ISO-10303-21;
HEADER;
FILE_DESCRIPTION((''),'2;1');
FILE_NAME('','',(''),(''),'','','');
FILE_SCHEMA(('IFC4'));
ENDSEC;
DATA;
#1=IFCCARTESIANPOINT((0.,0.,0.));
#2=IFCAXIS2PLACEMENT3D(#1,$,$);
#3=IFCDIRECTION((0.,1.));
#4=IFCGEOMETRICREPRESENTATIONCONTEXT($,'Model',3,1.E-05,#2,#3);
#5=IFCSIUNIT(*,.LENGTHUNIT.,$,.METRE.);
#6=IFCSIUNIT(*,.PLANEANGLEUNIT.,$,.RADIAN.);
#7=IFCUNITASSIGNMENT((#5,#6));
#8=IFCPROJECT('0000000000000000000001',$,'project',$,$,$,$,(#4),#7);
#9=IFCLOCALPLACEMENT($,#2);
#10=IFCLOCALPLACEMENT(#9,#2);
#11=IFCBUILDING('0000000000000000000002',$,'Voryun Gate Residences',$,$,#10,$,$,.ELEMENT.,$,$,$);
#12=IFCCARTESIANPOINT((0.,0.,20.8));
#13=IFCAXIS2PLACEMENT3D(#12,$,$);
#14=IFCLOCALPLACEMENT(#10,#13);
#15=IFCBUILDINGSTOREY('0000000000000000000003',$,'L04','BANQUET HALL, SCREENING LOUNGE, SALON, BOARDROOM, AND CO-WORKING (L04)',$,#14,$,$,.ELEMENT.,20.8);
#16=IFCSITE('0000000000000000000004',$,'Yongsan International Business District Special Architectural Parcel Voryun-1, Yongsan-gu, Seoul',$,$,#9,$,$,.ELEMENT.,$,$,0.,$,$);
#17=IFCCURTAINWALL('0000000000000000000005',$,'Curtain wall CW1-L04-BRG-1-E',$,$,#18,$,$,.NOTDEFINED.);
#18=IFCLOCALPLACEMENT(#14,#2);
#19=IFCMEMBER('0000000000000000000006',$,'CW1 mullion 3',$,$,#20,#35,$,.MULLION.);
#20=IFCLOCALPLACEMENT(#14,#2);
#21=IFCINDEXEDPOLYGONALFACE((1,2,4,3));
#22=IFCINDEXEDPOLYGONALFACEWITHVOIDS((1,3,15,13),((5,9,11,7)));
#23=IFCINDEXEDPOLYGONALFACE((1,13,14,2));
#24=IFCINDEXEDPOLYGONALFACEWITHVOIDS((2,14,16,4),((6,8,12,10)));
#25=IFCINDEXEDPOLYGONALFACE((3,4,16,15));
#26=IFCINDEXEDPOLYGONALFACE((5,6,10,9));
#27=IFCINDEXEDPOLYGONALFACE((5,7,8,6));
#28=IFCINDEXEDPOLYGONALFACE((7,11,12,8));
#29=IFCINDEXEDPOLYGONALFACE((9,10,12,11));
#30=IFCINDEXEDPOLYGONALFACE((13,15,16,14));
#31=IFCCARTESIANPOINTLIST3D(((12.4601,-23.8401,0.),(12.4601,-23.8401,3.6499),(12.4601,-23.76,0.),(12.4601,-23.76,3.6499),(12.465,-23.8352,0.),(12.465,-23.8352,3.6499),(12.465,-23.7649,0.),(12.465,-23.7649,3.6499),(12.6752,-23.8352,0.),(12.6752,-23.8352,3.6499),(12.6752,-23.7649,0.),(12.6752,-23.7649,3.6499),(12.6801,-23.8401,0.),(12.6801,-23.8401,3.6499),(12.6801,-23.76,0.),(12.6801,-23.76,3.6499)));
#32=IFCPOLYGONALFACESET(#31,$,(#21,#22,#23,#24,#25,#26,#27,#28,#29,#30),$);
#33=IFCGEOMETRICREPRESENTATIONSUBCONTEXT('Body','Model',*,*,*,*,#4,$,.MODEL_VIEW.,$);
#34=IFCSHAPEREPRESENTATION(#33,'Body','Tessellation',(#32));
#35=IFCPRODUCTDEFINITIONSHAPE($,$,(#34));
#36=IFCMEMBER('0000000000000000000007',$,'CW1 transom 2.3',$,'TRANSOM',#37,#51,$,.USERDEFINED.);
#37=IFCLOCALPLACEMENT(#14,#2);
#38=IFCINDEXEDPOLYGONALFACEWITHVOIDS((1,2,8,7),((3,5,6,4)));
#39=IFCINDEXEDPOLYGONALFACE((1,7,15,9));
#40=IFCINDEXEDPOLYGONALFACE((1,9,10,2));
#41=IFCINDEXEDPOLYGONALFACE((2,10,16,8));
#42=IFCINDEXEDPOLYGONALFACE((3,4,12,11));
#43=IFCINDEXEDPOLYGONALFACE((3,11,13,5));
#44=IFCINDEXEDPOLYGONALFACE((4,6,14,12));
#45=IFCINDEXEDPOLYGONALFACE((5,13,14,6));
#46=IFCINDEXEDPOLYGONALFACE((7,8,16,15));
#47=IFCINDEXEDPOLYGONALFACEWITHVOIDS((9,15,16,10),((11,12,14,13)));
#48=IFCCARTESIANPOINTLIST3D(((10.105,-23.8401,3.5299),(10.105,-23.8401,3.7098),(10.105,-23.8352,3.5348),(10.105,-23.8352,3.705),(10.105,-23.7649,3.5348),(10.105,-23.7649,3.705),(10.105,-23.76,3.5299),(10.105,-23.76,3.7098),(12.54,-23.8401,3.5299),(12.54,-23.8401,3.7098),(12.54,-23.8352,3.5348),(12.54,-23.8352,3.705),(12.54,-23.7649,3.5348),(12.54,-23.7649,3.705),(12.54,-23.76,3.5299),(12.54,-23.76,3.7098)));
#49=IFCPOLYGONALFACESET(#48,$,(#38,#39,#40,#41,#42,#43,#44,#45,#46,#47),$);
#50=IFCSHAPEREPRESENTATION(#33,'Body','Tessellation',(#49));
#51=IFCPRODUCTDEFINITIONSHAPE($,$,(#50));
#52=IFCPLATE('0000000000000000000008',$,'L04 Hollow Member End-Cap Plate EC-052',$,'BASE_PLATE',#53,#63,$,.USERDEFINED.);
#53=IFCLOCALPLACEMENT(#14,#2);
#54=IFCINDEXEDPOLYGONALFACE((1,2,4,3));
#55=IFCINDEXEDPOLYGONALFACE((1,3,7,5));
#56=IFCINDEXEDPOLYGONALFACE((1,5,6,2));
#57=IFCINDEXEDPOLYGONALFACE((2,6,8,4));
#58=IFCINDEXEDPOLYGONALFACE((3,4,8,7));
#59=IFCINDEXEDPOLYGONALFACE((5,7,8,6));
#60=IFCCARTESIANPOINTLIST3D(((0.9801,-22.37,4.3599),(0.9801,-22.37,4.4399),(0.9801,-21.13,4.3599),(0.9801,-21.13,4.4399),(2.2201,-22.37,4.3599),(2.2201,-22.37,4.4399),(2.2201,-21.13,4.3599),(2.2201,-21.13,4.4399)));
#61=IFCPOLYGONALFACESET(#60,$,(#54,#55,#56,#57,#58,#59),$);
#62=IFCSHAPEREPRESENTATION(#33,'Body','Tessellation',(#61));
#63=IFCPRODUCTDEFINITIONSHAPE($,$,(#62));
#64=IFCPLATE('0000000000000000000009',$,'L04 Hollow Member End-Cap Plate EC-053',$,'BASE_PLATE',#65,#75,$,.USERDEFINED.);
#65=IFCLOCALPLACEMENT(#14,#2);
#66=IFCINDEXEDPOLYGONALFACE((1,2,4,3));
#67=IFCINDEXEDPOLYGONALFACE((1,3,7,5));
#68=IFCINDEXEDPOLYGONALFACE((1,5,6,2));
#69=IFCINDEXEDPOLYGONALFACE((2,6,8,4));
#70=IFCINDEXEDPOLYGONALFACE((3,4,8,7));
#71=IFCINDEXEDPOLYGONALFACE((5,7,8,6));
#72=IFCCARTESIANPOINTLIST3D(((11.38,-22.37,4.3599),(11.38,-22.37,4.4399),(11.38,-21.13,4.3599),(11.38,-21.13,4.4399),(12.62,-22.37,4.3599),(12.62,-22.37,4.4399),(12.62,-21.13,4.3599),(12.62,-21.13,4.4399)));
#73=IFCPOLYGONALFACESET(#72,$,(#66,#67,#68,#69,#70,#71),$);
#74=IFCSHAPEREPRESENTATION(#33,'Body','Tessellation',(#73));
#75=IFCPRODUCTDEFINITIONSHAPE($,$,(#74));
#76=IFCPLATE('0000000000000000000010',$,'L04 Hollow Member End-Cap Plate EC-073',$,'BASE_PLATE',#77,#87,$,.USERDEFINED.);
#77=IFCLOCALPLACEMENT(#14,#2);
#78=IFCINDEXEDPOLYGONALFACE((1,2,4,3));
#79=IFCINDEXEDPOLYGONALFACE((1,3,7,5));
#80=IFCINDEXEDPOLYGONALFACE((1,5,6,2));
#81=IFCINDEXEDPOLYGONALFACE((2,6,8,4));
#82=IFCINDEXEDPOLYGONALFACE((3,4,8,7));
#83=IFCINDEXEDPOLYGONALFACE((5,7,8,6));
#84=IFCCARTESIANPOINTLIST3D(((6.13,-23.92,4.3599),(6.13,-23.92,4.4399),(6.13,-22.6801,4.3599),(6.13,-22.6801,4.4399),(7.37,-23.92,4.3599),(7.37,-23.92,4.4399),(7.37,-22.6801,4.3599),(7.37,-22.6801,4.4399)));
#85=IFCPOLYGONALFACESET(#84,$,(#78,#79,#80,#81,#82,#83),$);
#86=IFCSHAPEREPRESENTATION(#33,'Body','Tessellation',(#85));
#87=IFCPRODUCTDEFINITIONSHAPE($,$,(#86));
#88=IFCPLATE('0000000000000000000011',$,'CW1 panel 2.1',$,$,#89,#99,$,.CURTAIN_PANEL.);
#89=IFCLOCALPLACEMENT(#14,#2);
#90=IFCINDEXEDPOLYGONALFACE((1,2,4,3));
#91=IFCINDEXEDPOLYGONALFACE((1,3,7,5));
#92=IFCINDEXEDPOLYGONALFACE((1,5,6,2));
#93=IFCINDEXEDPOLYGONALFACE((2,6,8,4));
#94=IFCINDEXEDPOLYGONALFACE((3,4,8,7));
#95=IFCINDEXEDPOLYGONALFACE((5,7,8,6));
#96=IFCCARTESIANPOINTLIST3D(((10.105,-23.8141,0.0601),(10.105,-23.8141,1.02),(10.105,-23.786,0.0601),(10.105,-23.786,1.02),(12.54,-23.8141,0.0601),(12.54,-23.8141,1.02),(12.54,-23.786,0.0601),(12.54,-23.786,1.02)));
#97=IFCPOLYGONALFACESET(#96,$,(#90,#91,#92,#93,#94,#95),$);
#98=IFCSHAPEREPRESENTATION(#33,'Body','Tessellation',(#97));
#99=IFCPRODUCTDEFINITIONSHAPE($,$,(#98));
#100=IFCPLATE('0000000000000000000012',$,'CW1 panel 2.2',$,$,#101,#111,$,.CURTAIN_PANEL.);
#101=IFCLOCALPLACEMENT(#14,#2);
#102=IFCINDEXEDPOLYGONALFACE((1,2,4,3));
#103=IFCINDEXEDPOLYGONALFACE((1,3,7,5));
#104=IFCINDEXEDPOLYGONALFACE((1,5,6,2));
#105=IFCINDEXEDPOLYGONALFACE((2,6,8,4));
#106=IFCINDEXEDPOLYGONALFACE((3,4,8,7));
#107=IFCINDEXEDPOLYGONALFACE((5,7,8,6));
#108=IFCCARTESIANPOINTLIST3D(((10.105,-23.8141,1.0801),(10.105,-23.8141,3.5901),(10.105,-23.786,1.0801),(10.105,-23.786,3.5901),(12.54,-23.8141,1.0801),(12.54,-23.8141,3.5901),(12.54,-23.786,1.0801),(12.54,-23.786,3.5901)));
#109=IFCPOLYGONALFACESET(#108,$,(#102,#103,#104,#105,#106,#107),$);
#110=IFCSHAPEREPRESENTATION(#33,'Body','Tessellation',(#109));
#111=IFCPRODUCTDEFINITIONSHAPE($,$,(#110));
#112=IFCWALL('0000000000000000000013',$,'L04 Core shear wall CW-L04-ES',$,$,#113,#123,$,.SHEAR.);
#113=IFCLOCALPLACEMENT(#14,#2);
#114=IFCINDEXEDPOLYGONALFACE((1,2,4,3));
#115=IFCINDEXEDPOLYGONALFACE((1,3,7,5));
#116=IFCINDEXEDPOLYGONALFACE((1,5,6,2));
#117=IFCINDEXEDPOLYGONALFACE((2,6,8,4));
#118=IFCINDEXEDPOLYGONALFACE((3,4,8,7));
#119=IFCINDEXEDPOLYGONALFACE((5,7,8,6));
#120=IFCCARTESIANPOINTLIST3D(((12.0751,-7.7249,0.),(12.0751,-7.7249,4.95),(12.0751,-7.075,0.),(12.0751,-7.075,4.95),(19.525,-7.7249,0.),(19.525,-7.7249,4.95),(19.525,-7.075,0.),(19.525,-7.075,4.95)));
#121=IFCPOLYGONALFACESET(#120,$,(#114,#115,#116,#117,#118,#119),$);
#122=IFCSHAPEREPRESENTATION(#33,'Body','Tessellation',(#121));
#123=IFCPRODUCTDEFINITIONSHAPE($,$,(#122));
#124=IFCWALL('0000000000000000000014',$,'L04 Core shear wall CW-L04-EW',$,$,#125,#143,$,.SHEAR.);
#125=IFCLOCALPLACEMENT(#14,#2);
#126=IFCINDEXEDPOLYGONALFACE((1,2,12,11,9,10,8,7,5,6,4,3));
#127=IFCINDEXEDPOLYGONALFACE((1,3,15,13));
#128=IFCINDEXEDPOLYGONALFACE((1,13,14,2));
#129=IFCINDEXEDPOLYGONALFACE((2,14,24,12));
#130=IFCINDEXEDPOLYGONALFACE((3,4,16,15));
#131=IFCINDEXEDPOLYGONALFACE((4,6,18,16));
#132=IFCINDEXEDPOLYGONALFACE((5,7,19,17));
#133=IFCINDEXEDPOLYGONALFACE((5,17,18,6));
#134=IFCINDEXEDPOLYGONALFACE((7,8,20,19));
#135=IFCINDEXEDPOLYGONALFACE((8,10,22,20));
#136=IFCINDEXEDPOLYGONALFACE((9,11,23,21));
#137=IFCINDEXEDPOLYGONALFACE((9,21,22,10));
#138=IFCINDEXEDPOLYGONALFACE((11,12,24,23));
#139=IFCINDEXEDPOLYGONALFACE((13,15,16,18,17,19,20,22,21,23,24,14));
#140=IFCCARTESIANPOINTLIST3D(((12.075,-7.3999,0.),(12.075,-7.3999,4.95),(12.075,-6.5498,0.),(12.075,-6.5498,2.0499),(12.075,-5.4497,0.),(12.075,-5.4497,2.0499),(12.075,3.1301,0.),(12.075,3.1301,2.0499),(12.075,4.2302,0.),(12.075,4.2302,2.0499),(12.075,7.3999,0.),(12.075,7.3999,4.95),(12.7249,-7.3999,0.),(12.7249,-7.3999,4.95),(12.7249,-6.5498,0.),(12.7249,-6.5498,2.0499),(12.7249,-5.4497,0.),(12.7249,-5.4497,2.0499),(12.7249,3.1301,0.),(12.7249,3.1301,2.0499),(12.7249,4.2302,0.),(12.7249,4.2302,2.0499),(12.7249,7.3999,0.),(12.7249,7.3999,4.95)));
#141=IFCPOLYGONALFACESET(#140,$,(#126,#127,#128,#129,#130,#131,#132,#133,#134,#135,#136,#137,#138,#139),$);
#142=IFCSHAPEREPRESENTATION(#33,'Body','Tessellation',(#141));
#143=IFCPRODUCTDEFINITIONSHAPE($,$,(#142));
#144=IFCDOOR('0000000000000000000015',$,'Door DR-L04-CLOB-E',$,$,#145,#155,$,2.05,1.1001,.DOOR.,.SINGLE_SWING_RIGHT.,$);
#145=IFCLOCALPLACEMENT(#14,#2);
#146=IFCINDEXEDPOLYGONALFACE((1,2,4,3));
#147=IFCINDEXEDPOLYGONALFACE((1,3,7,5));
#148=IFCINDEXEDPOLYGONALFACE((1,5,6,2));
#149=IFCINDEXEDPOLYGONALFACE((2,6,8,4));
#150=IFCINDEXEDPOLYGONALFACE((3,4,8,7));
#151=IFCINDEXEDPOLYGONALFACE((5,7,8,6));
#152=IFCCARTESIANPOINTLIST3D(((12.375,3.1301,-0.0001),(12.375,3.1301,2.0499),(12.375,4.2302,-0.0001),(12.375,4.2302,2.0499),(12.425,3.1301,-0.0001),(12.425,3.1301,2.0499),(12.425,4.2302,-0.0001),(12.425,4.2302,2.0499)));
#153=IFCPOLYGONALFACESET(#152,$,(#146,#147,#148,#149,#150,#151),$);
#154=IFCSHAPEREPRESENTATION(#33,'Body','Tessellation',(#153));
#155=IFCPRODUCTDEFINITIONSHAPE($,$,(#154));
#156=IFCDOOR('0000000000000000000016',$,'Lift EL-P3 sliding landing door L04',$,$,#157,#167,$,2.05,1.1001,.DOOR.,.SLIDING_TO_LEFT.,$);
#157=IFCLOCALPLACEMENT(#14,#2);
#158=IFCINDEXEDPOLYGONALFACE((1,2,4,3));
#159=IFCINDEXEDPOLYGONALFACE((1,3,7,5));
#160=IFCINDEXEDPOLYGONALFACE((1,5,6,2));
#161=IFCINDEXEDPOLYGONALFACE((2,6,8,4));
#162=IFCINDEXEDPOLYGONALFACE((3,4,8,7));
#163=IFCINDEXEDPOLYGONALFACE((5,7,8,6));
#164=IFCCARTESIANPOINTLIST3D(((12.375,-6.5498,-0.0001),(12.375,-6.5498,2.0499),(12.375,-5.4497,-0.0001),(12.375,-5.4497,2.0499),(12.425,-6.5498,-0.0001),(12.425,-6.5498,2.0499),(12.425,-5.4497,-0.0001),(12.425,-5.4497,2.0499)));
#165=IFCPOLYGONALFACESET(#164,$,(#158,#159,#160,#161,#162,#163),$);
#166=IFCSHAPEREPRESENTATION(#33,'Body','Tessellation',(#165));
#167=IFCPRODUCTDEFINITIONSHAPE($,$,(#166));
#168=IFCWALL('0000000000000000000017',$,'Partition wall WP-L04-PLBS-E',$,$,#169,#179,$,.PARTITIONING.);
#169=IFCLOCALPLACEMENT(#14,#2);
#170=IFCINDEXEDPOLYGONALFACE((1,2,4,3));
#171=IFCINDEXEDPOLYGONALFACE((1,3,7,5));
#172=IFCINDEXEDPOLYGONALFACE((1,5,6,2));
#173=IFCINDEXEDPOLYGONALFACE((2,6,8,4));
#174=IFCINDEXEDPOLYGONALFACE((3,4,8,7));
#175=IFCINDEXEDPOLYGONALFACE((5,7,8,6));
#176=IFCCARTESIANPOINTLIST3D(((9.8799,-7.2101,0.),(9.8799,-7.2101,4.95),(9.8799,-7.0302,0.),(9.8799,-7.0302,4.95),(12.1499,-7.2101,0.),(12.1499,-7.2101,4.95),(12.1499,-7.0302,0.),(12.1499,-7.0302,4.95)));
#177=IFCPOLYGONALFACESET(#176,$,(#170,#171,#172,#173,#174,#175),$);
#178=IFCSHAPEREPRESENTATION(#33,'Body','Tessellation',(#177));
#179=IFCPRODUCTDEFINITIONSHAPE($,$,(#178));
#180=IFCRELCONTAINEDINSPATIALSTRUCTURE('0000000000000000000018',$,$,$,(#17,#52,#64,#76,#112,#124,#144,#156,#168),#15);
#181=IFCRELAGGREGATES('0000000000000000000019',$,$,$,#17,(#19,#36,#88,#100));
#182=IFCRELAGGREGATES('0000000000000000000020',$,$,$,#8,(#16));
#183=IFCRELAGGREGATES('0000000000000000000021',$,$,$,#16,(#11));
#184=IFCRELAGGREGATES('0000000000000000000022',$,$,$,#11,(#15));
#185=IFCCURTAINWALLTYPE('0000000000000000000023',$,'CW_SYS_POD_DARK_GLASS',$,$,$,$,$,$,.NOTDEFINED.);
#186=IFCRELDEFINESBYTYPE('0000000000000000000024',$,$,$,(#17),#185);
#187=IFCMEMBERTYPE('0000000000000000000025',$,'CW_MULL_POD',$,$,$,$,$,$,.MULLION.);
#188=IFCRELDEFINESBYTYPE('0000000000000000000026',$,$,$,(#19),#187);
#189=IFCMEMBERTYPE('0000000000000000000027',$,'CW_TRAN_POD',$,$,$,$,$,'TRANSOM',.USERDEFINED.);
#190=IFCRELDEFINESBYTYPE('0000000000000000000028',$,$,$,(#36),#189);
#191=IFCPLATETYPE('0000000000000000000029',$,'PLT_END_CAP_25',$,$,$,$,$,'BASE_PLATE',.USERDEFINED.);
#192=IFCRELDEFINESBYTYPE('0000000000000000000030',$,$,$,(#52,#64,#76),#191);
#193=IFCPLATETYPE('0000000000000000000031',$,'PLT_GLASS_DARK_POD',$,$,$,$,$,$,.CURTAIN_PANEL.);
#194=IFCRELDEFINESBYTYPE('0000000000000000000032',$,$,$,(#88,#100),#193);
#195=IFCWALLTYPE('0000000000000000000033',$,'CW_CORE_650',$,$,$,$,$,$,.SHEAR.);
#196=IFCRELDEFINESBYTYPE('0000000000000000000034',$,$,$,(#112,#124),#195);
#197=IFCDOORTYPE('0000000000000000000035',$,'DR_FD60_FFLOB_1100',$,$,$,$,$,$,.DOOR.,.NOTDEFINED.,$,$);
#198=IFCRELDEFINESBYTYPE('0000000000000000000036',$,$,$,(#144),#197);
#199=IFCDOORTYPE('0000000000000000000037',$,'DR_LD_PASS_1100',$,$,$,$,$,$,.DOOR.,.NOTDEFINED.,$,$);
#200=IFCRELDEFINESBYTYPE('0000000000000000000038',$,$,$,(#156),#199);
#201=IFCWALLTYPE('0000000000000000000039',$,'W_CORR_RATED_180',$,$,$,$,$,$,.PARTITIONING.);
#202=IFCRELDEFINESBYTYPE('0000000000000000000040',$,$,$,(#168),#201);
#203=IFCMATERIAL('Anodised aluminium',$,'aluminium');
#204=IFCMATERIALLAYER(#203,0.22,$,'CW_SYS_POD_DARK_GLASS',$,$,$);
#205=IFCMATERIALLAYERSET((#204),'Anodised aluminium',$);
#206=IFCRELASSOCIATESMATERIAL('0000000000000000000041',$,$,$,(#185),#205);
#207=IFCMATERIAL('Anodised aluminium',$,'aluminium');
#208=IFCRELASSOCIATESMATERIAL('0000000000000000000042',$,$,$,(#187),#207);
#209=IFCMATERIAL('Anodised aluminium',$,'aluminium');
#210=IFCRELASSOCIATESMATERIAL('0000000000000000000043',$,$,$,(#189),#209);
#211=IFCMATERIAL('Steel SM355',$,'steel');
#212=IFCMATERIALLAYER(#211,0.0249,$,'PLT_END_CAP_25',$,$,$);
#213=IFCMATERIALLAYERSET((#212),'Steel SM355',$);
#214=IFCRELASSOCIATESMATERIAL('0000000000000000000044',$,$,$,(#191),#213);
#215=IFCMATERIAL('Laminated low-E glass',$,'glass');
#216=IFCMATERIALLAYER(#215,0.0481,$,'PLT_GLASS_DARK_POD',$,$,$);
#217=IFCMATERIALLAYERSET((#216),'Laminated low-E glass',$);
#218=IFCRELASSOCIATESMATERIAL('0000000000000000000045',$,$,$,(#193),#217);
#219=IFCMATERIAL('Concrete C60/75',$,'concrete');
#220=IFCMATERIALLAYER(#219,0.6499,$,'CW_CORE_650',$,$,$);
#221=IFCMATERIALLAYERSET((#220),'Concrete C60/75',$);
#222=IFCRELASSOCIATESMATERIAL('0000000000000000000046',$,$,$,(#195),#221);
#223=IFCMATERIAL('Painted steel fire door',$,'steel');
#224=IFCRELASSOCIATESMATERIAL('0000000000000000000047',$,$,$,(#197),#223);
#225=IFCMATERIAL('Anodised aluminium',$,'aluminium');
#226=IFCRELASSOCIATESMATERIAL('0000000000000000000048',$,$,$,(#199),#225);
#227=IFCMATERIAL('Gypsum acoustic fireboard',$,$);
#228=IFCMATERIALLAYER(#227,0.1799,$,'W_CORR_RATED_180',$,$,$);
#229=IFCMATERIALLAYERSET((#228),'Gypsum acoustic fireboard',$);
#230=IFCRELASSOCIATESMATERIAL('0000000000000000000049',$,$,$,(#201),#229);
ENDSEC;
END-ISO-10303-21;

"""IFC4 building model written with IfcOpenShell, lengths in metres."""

from ifc_helpers import new_model, si_unit, direction, frame, frame_2d, origin, origin_2d, place, context, subcontext, project, spatial, rectangle, hollow_rectangle, extrude, material, layer, layer_set, material_profile, profile_set, type_object, element, fill, aggregate, save


model = new_model("IFC4")

# Units and contexts
model_context = context("Model", 3, precision=1e-05, world=origin(), true_north=direction((0.0, 1.0)))
body_context = subcontext(model_context, "Body", "Model", "MODEL_VIEW")
ifc_project = project(units=[si_unit("LENGTHUNIT", "METRE"), si_unit("PLANEANGLEUNIT", "RADIAN")], contexts=[model_context])

# Site, building, storey
site_placement = place(None, origin())
site = spatial("IfcSite", under=ifc_project, at=site_placement, Name="Yongsan International Business District Special Architectural Parcel Voryun-1, Yongsan-gu, Seoul", CompositionType="ELEMENT", RefElevation=0.0)
building_placement = place(site_placement, origin())
building = spatial("IfcBuilding", under=site, at=building_placement, Name="Voryun Gate Residences", CompositionType="ELEMENT")
storey_placement = place(building_placement, frame((0.0, 0.0, 20.8)))
storey = spatial("IfcBuildingStorey", under=building, at=storey_placement, Name="L04", Description="BANQUET HALL, SCREENING LOUNGE, SALON, BOARDROOM, AND CO-WORKING (L04)", CompositionType="ELEMENT", Elevation=20.8)

# Curtain wall, members
ifc_material_1 = material(Name="Anodised aluminium", Category="aluminium")
ifc_layer_1 = layer(ifc_material_1, 0.22, Name="CW_SYS_POD_DARK_GLASS")
ifc_layer_set_1 = layer_set([ifc_layer_1], Name="Anodised aluminium")
curtain_wall_type = type_object("IfcCurtainWallType", Name="CW_SYS_POD_DARK_GLASS", PredefinedType="NOTDEFINED", material=ifc_layer_set_1)
curtain_wall_placement = place(storey_placement, origin())
curtain_wall = element("IfcCurtainWall", 1, at=curtain_wall_placement, inside=storey, type_object=curtain_wall_type, Name="Curtain wall CW1-L04-BRG-1-E", PredefinedType="NOTDEFINED")
ifc_material_2 = material(Name="Anodised aluminium", Category="aluminium")
ifc_material_profile_1 = material_profile(ifc_material_2, hollow_rectangle(XDim=0.0801, YDim=0.22, WallThickness=0.0049, at=origin_2d()), Name="ALU-MULL-220x80x5")
ifc_profile_set_1 = profile_set([ifc_material_profile_1], Name="Anodised aluminium")
member_type_1 = type_object("IfcMemberType", Name="CW_MULL_POD", PredefinedType="MULLION", material=ifc_profile_set_1)
member_1_placement = place(storey_placement, frame((12.5701, -23.8, 0.0), z_axis=(0.0, 0.0, 1.0), x_axis=(0.0, 1.0, 0.0)))
member_1 = element("IfcMember", 2, at=member_1_placement, type_object=member_type_1, Name="CW1 mullion 3", PredefinedType="MULLION", context=body_context, shape_type="SweptSolid", body=[
    extrude(hollow_rectangle(XDim=0.0801, YDim=0.22, WallThickness=0.0049, at=origin_2d()), origin(), (0.0, 0.0, 1.0), 3.6499),
])
ifc_material_3 = material(Name="Anodised aluminium", Category="aluminium")
ifc_material_profile_2 = material_profile(ifc_material_3, hollow_rectangle(XDim=0.0801, YDim=0.1799, WallThickness=0.0049, at=origin_2d()), Name="ALU-TRAN-180x80x5")
ifc_profile_set_2 = profile_set([ifc_material_profile_2], Name="Anodised aluminium")
member_type_2 = type_object("IfcMemberType", Name="CW_TRAN_POD", ElementType="TRANSOM", PredefinedType="USERDEFINED", material=ifc_profile_set_2)
member_2_placement = place(storey_placement, frame((10.105, -23.8, 3.6199), z_axis=(1.0, 0.0, 0.0), x_axis=(0.0, 1.0, 0.0)))
member_2 = element("IfcMember", 3, at=member_2_placement, type_object=member_type_2, Name="CW1 transom 2.3", ObjectType="TRANSOM", PredefinedType="USERDEFINED", context=body_context, shape_type="SweptSolid", body=[
    extrude(hollow_rectangle(XDim=0.0801, YDim=0.1799, WallThickness=0.0049, at=origin_2d()), origin(), (0.0, 0.0, 1.0), 2.4351),
])

# Plates
ifc_material_4 = material(Name="Steel SM355", Category="steel")
ifc_layer_2 = layer(ifc_material_4, 0.0249, Name="PLT_END_CAP_25")
ifc_layer_set_2 = layer_set([ifc_layer_2], Name="Steel SM355")
plate_type_1 = type_object("IfcPlateType", Name="PLT_END_CAP_25", ElementType="BASE_PLATE", PredefinedType="USERDEFINED", material=ifc_layer_set_2)
for number, where, z_axis, x_axis, name in (
    (4, (1.6001, -21.75, 4.3599), (0.0, 0.0, 1.0), (1.0, 0.0, 0.0), "L04 Hollow Member End-Cap Plate EC-052"),
    (5, (12.0, -21.75, 4.3599), (0.0, 0.0, 1.0), (1.0, 0.0, 0.0), "L04 Hollow Member End-Cap Plate EC-053"),
    (6, (6.75, -23.3, 4.3599), (0.0, 0.0, 1.0), (1.0, 0.0, 0.0), "L04 Hollow Member End-Cap Plate EC-073"),
):
    element("IfcPlate", number, at=place(storey_placement, frame(where, z_axis=z_axis, x_axis=x_axis)), inside=storey, type_object=plate_type_1, Name=name, ObjectType="BASE_PLATE", PredefinedType="USERDEFINED", context=body_context, shape_type="SweptSolid", body=[
        extrude(rectangle(XDim=1.24, YDim=1.24, at=origin_2d()), origin(), (0.0, 0.0, 1.0), 0.0801),
    ])

# Plates
ifc_material_5 = material(Name="Laminated low-E glass", Category="glass")
ifc_layer_3 = layer(ifc_material_5, 0.0481, Name="PLT_GLASS_DARK_POD")
ifc_layer_set_3 = layer_set([ifc_layer_3], Name="Laminated low-E glass")
plate_type_2 = type_object("IfcPlateType", Name="PLT_GLASS_DARK_POD", PredefinedType="CURTAIN_PANEL", material=ifc_layer_set_3)
plate_1_placement = place(storey_placement, frame((11.3225, -23.8, 0.0601), z_axis=(0.0, 0.0, 1.0), x_axis=(1.0, 0.0, 0.0)))
plate_1 = element("IfcPlate", 7, at=plate_1_placement, type_object=plate_type_2, Name="CW1 panel 2.1", PredefinedType="CURTAIN_PANEL", context=body_context, shape_type="SweptSolid", body=[
    extrude(rectangle(XDim=2.4351, YDim=0.0281, at=origin_2d()), origin(), (0.0, 0.0, 1.0), 0.96),
])
plate_2_placement = place(storey_placement, frame((11.3225, -23.8, 1.0801), z_axis=(0.0, 0.0, 1.0), x_axis=(1.0, 0.0, 0.0)))
plate_2 = element("IfcPlate", 8, at=plate_2_placement, type_object=plate_type_2, Name="CW1 panel 2.2", PredefinedType="CURTAIN_PANEL", context=body_context, shape_type="SweptSolid", body=[
    extrude(rectangle(XDim=2.4351, YDim=0.0281, at=origin_2d()), origin(), (0.0, 0.0, 1.0), 2.51),
])
aggregate(curtain_wall, [member_1, member_2, plate_1, plate_2])

# Wall
ifc_material_6 = material(Name="Concrete C60/75", Category="concrete")
ifc_layer_4 = layer(ifc_material_6, 0.6499, Name="CW_CORE_650")
ifc_layer_set_4 = layer_set([ifc_layer_4], Name="Concrete C60/75")
wall_type_1 = type_object("IfcWallType", Name="CW_CORE_650", PredefinedType="SHEAR", material=ifc_layer_set_4)
wall_1_placement = place(storey_placement, frame((12.075, -7.3999, 0.0), z_axis=(0.0, 0.0, 1.0), x_axis=(1.0, 0.0, 0.0)))
element("IfcWall", 9, at=wall_1_placement, inside=storey, type_object=wall_type_1, Name="L04 Core shear wall CW-L04-ES", PredefinedType="SHEAR", context=body_context, shape_type="SweptSolid", body=[
    extrude(rectangle(XDim=7.45, YDim=0.6499, at=frame_2d((3.7251, 0.0))), origin(), (0.0, 0.0, 1.0), 4.95),
])

# Wall, openings, doors
wall_2_placement = place(storey_placement, frame((12.3999, -7.3999, 0.0), z_axis=(0.0, 0.0, 1.0), x_axis=(0.0, 1.0, 0.0)))
wall_2 = element("IfcWall", 10, at=wall_2_placement, inside=storey, type_object=wall_type_1, Name="L04 Core shear wall CW-L04-EW", PredefinedType="SHEAR", context=body_context, shape_type="SweptSolid", body=[
    extrude(rectangle(XDim=14.7998, YDim=0.6499, at=frame_2d((7.3999, 0.0))), origin(), (0.0, 0.0, 1.0), 4.95),
])
opening_1_placement = place(wall_2_placement, frame((0.8501, 0.0, 0.0)))
opening_1 = element("IfcOpeningElement", 11, at=opening_1_placement, cuts=wall_2, PredefinedType="OPENING", context=body_context, shape_type="SweptSolid", body=[
    extrude(rectangle(XDim=1.1001, YDim=2.05, at=frame_2d((0.55, 1.0249))), frame((0.0, 0.335, 0.0), z_axis=(0.0, -1.0, 0.0), x_axis=(1.0, 0.0, 0.0)), (0.0, 0.0, 1.0), 0.6699),
])
opening_2_placement = place(wall_2_placement, frame((10.53, 0.0, 0.0)))
opening_2 = element("IfcOpeningElement", 12, at=opening_2_placement, cuts=wall_2, PredefinedType="OPENING", context=body_context, shape_type="SweptSolid", body=[
    extrude(rectangle(XDim=1.1001, YDim=2.05, at=frame_2d((0.55, 1.0249))), frame((0.0, 0.335, 0.0), z_axis=(0.0, -1.0, 0.0), x_axis=(1.0, 0.0, 0.0)), (0.0, 0.0, 1.0), 0.6699),
])
ifc_material_7 = material(Name="Painted steel fire door", Category="steel")
door_type_1 = type_object("IfcDoorType", Name="DR_FD60_FFLOB_1100", OperationType="NOTDEFINED", PredefinedType="DOOR", material=ifc_material_7)
door_1_placement = place(opening_2_placement, origin())
door_1 = element("IfcDoor", 13, at=door_1_placement, inside=storey, type_object=door_type_1, Name="Door DR-L04-CLOB-E", OperationType="SINGLE_SWING_RIGHT", OverallHeight=2.05, OverallWidth=1.1001, PredefinedType="DOOR", context=body_context, shape_type="SweptSolid", body=[
    extrude(rectangle(XDim=1.1001, YDim=2.05, at=frame_2d((0.55, 1.0249))), frame((0.0, 0.0249, 0.0), z_axis=(0.0, -1.0, 0.0), x_axis=(1.0, 0.0, 0.0)), (0.0, 0.0, 1.0), 0.05),
])
fill(opening_2, door_1)
ifc_material_8 = material(Name="Anodised aluminium", Category="aluminium")
door_type_2 = type_object("IfcDoorType", Name="DR_LD_PASS_1100", OperationType="NOTDEFINED", PredefinedType="DOOR", material=ifc_material_8)
door_2_placement = place(opening_1_placement, origin())
door_2 = element("IfcDoor", 14, at=door_2_placement, inside=storey, type_object=door_type_2, Name="Lift EL-P3 sliding landing door L04", OperationType="SLIDING_TO_LEFT", OverallHeight=2.05, OverallWidth=1.1001, PredefinedType="DOOR", context=body_context, shape_type="SweptSolid", body=[
    extrude(rectangle(XDim=1.1001, YDim=2.05, at=frame_2d((0.55, 1.0249))), frame((0.0, 0.0249, 0.0), z_axis=(0.0, -1.0, 0.0), x_axis=(1.0, 0.0, 0.0)), (0.0, 0.0, 1.0), 0.05),
])
fill(opening_1, door_2)

# Wall
ifc_material_9 = material(Name="Gypsum acoustic fireboard")
ifc_layer_5 = layer(ifc_material_9, 0.1799, Name="W_CORR_RATED_180")
ifc_layer_set_5 = layer_set([ifc_layer_5], Name="Gypsum acoustic fireboard")
wall_type_2 = type_object("IfcWallType", Name="W_CORR_RATED_180", PredefinedType="PARTITIONING", material=ifc_layer_set_5)
wall_3_placement = place(storey_placement, frame((9.8799, -7.1201, 0.0), z_axis=(0.0, 0.0, 1.0), x_axis=(1.0, 0.0, 0.0)))
element("IfcWall", 15, at=wall_3_placement, inside=storey, type_object=wall_type_2, Name="Partition wall WP-L04-PLBS-E", PredefinedType="PARTITIONING", context=body_context, shape_type="SweptSolid", body=[
    extrude(rectangle(XDim=2.27, YDim=0.1799, at=frame_2d((1.135, 0.0))), origin(), (0.0, 0.0, 1.0), 4.95),
])

save(model, "model.ifc")
